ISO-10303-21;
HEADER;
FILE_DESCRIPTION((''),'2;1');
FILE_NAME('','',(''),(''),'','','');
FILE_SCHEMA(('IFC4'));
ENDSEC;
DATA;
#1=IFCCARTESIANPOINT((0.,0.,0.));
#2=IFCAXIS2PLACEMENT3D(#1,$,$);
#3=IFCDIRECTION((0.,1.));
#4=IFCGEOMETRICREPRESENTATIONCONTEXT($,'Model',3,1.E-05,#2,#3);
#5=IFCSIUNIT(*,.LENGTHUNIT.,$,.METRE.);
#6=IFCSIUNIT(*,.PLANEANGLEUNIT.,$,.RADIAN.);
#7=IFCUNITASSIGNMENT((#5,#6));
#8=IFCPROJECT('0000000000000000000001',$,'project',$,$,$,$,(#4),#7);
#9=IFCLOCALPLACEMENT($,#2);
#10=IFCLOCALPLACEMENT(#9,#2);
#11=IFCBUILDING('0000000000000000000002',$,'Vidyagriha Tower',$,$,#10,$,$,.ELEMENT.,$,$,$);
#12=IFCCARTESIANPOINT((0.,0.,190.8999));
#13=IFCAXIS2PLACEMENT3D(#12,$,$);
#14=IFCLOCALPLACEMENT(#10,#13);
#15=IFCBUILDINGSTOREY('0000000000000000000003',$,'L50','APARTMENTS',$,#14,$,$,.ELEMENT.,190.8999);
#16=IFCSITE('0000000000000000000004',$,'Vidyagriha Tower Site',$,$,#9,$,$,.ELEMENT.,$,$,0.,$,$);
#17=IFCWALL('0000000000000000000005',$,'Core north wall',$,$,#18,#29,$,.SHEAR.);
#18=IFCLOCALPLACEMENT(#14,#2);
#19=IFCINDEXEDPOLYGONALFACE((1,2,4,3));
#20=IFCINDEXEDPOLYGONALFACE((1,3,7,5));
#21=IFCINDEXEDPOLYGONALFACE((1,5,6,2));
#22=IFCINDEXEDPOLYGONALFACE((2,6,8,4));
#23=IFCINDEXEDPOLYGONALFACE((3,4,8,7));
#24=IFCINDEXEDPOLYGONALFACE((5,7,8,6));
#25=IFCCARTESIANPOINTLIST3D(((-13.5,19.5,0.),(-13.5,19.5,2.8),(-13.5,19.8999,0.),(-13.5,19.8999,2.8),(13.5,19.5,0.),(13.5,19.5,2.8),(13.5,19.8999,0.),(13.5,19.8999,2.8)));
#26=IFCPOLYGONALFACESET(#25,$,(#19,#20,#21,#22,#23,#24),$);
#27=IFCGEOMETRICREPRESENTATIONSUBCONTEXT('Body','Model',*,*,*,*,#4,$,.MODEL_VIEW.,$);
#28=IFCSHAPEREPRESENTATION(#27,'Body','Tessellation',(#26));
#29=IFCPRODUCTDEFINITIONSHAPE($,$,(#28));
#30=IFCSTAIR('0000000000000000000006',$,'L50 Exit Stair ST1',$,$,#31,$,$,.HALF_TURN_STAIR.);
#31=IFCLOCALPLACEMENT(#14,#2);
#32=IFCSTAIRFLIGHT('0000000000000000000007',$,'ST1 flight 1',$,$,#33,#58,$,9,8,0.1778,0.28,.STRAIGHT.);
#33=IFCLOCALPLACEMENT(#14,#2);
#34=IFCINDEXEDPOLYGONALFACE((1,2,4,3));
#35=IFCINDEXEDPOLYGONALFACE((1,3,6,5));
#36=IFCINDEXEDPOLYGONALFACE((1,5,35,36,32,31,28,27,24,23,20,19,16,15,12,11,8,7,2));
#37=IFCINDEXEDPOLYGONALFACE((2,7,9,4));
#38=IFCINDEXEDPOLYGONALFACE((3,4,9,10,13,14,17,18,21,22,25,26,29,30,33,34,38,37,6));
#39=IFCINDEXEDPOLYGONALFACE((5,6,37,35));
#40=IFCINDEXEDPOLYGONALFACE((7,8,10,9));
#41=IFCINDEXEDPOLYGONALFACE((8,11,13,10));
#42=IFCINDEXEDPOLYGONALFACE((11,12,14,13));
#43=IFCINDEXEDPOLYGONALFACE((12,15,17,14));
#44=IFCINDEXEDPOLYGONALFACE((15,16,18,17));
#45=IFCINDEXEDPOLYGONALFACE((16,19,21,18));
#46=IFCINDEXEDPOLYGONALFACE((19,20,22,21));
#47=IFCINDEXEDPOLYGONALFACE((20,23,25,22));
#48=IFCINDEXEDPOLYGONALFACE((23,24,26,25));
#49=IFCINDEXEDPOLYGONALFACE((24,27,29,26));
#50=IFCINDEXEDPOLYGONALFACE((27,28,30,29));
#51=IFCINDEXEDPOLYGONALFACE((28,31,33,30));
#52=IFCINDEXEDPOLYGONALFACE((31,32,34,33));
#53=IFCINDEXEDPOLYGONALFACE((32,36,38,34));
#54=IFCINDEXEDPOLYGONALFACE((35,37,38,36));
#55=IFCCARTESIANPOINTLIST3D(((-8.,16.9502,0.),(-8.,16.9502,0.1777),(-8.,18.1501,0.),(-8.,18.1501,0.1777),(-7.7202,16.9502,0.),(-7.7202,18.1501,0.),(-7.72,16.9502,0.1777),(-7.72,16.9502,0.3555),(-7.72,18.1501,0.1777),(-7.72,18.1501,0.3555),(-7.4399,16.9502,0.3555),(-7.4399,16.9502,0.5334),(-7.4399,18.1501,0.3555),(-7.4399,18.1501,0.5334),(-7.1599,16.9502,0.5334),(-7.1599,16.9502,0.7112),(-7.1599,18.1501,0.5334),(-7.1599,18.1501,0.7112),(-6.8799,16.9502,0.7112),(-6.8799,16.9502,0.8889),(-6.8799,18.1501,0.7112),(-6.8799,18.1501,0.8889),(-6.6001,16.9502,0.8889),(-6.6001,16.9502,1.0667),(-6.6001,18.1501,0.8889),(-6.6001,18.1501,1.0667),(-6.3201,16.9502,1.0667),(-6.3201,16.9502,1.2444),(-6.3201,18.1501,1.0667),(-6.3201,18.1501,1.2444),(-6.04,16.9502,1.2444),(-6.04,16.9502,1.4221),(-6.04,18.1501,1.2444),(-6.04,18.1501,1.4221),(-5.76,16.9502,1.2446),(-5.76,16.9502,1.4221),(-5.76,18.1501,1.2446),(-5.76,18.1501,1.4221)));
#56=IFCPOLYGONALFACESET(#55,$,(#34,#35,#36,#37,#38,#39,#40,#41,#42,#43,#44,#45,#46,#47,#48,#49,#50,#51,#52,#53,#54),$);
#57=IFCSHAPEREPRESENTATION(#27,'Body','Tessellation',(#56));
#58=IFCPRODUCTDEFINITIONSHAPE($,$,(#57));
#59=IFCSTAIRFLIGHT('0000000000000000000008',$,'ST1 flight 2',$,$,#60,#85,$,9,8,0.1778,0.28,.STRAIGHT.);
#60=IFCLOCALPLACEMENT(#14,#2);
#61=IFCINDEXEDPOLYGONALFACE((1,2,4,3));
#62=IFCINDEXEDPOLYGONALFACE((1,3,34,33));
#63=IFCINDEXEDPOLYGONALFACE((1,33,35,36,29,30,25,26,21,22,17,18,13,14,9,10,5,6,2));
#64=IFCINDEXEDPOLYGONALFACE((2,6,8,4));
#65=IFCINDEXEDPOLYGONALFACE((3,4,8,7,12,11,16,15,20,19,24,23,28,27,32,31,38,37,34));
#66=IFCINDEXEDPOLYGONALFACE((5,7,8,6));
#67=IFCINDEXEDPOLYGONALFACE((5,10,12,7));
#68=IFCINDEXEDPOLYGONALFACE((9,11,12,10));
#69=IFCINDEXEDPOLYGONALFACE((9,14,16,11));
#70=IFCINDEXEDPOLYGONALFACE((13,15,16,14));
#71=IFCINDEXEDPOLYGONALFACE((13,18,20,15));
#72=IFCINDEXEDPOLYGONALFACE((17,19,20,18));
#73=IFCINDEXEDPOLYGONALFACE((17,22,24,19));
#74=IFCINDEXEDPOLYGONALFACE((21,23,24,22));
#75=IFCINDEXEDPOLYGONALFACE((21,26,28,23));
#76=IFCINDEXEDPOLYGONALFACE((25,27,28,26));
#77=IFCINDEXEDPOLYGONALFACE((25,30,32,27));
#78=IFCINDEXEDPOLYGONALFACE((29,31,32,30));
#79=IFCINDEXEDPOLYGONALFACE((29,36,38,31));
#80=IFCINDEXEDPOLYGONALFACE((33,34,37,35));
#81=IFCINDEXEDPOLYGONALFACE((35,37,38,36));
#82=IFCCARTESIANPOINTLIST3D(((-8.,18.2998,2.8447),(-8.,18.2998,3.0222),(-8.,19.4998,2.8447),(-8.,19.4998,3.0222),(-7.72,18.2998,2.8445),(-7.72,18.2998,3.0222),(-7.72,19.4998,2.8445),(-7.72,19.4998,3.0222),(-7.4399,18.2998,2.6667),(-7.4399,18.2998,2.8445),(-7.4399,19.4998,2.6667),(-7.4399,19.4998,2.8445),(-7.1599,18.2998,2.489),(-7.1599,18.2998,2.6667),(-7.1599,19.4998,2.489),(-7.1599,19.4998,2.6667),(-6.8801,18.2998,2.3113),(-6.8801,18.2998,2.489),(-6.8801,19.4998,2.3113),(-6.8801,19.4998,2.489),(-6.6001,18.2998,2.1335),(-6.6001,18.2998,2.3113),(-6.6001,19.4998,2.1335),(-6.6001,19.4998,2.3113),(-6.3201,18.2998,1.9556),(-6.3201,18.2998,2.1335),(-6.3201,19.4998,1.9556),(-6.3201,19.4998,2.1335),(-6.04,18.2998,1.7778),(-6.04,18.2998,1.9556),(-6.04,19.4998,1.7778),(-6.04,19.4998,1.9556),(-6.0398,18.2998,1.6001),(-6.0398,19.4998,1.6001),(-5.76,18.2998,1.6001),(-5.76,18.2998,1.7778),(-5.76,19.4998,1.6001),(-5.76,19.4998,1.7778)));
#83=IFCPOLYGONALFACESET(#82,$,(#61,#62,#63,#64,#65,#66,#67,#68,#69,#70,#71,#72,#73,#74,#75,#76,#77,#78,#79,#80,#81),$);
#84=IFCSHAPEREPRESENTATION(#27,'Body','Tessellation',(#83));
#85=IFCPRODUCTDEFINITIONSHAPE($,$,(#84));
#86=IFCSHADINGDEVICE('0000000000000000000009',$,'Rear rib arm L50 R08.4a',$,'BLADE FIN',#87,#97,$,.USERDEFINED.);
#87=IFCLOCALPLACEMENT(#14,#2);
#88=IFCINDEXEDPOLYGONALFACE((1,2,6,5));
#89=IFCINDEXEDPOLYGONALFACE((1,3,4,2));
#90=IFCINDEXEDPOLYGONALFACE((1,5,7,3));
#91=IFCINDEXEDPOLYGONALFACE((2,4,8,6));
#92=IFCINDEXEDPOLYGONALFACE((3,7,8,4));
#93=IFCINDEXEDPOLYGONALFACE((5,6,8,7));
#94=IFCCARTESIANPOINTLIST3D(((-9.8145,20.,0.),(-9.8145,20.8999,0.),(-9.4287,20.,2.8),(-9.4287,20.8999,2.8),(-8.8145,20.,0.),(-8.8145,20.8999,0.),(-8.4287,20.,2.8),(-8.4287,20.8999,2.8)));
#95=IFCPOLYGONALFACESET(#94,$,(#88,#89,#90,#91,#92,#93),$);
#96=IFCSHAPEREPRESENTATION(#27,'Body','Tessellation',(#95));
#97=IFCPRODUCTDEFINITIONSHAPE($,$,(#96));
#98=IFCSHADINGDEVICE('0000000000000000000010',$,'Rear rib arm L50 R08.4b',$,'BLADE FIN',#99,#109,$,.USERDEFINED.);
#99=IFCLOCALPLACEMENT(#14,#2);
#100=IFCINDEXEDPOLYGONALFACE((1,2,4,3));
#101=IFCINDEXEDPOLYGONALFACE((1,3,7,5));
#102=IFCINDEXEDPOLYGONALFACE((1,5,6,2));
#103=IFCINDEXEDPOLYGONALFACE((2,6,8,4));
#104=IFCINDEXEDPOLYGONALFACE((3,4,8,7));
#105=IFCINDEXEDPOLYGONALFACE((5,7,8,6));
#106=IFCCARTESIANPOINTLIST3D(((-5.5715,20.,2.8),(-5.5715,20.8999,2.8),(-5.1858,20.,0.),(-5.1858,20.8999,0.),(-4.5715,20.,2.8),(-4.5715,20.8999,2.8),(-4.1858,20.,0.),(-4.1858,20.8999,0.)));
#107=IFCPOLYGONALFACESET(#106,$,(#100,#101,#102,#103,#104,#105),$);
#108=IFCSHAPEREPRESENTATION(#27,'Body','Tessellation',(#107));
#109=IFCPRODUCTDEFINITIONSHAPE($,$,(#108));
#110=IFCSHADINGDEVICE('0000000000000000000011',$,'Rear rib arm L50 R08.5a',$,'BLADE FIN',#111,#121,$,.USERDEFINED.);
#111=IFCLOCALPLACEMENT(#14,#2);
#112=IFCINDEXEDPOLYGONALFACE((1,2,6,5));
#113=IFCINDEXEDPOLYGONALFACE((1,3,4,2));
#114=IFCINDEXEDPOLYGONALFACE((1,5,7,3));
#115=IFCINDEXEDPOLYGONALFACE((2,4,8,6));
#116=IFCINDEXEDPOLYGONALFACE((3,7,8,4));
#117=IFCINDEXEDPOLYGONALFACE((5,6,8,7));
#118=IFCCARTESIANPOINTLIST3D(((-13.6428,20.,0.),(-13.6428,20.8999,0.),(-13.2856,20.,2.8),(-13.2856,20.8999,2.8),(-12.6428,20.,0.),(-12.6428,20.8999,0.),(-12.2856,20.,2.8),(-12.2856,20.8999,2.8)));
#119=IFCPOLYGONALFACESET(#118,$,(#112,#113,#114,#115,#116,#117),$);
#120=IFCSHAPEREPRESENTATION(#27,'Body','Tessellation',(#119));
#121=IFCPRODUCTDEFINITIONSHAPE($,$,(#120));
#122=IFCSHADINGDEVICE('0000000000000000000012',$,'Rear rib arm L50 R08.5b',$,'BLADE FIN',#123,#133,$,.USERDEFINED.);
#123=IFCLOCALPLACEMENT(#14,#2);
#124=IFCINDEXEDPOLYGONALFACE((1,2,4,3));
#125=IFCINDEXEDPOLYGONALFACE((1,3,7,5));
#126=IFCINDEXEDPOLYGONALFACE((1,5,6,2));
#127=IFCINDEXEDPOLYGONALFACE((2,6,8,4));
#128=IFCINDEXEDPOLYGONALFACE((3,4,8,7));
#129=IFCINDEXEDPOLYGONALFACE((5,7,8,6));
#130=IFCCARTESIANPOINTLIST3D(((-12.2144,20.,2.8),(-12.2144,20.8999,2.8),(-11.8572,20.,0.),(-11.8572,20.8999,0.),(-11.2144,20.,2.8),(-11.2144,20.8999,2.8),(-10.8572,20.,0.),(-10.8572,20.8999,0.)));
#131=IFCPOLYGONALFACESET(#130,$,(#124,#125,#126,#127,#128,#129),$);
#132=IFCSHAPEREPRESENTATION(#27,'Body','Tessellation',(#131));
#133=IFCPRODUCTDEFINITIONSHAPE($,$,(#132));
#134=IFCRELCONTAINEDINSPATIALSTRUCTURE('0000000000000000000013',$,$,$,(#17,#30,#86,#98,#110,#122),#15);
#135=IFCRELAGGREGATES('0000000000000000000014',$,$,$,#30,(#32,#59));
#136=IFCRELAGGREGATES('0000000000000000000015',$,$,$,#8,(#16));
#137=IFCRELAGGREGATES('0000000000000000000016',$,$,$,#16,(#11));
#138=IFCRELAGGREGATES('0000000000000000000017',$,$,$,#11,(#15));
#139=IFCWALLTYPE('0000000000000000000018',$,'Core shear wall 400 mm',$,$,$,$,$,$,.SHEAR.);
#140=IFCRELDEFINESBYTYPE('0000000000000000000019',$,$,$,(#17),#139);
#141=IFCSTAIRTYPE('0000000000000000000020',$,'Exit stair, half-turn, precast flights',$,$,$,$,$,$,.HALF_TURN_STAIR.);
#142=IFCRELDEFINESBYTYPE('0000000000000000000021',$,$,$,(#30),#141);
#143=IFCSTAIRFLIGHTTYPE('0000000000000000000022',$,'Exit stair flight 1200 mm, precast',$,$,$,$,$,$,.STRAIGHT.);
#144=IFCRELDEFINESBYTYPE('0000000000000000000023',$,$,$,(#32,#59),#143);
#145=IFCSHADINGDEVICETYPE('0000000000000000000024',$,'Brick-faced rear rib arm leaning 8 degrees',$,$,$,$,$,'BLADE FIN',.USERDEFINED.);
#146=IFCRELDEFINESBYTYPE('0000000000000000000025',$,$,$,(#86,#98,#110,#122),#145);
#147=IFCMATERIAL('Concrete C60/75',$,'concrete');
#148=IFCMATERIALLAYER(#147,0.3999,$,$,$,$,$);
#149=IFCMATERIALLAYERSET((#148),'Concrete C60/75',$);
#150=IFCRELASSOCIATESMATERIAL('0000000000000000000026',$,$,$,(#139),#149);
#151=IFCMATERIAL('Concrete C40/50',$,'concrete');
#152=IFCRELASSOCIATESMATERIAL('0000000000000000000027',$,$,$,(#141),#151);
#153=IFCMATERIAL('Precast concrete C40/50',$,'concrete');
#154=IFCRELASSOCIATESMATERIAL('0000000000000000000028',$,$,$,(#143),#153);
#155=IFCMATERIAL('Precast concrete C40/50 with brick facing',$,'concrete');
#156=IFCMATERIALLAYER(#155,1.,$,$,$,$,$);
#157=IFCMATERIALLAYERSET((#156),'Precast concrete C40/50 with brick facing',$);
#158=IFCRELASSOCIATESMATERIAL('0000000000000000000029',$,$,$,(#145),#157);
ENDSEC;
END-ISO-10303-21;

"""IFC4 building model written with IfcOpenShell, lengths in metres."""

from ifc_helpers import new_model, si_unit, direction, frame, frame_2d, origin, place, context, subcontext, project, spatial, polyline, rectangle, outline, extrude, material, layer, layer_set, type_object, element, aggregate, save


model = new_model("IFC4")

# Units and contexts
model_context = context("Model", 3, precision=1e-05, world=origin(), true_north=direction((0.0, 1.0)))
body_context = subcontext(model_context, "Body", "Model", "MODEL_VIEW")
ifc_project = project(units=[si_unit("LENGTHUNIT", "METRE"), si_unit("PLANEANGLEUNIT", "RADIAN")], contexts=[model_context])

# Site, building, storey
site_placement = place(None, origin())
site = spatial("IfcSite", under=ifc_project, at=site_placement, Name="Vidyagriha Tower Site", CompositionType="ELEMENT", RefElevation=0.0)
building_placement = place(site_placement, origin())
building = spatial("IfcBuilding", under=site, at=building_placement, Name="Vidyagriha Tower", CompositionType="ELEMENT")
storey_placement = place(building_placement, frame((0.0, 0.0, 190.8999)))
storey = spatial("IfcBuildingStorey", under=building, at=storey_placement, Name="L50", Description="APARTMENTS", CompositionType="ELEMENT", Elevation=190.8999)

# Wall
ifc_material_1 = material(Name="Concrete C60/75", Category="concrete")
ifc_layer_1 = layer(ifc_material_1, 0.3999)
ifc_layer_set_1 = layer_set([ifc_layer_1], Name="Concrete C60/75")
wall_type = type_object("IfcWallType", Name="Core shear wall 400 mm", PredefinedType="SHEAR", material=ifc_layer_set_1)
wall_placement = place(storey_placement, frame((-13.5, 19.7, 0.0)))
element("IfcWall", 1, at=wall_placement, inside=storey, type_object=wall_type, Name="Core north wall", PredefinedType="SHEAR", context=body_context, shape_type="SweptSolid", body=[
    extrude(rectangle(XDim=27.0, YDim=0.3999, at=frame_2d((13.5, 0.0))), origin(), (0.0, 0.0, 1.0), 2.8),
])

# Stair, stair flights
ifc_material_2 = material(Name="Concrete C40/50", Category="concrete")
stair_type = type_object("IfcStairType", Name="Exit stair, half-turn, precast flights", PredefinedType="HALF_TURN_STAIR", material=ifc_material_2)
stair_placement = place(storey_placement, origin())
stair = element("IfcStair", 2, at=stair_placement, inside=storey, type_object=stair_type, Name="L50 Exit Stair ST1", PredefinedType="HALF_TURN_STAIR")
ifc_material_3 = material(Name="Precast concrete C40/50", Category="concrete")
stair_flight_type = type_object("IfcStairFlightType", Name="Exit stair flight 1200 mm, precast", PredefinedType="STRAIGHT", material=ifc_material_3)
stair_flight_1_placement = place(storey_placement, frame((-8.0, 17.55, 0.0)))
stair_flight_1 = element("IfcStairFlight", 3, at=stair_flight_1_placement, type_object=stair_flight_type, Name="ST1 flight 1", NumberOfRisers=9, NumberOfTreads=8, PredefinedType="STRAIGHT", RiserHeight=0.1778, TreadLength=0.28, context=body_context, shape_type="SweptSolid", body=[
    extrude(outline(polyline([(0.0, 0.0), (0.0, 0.1777), (0.28, 0.1777), (0.28, 0.3555), (0.5601, 0.3555), (0.5601, 0.5334), (0.8401, 0.5334), (0.8401, 0.7112), (1.1201, 0.7112), (1.1201, 0.8889), (1.3999, 0.8889), (1.3999, 1.0667), (1.6799, 1.0667), (1.6799, 1.2444), (1.96, 1.2444), (1.96, 1.4221), (2.24, 1.4221), (2.24, 1.6001), (2.24, 1.2446), (0.2798, 0.0), (0.0, 0.0)])), frame((0.0, 0.6001, 0.0), z_axis=(0.0, -1.0, 0.0), x_axis=(1.0, 0.0, 0.0)), (0.0, 0.0, 1.0), 1.2),
])
stair_flight_2_placement = place(storey_placement, frame((-5.76, 18.8999, 1.6001), z_axis=(0.0, 0.0, 1.0), x_axis=(-1.0, 0.0, 0.0)))
stair_flight_2 = element("IfcStairFlight", 4, at=stair_flight_2_placement, type_object=stair_flight_type, Name="ST1 flight 2", NumberOfRisers=9, NumberOfTreads=8, PredefinedType="STRAIGHT", RiserHeight=0.1778, TreadLength=0.28, context=body_context, shape_type="SweptSolid", body=[
    extrude(outline(polyline([(0.0, 0.0), (0.0, 0.1777), (0.28, 0.1777), (0.28, 0.3555), (0.5601, 0.3555), (0.5601, 0.5334), (0.8401, 0.5334), (0.8401, 0.7112), (1.1201, 0.7112), (1.1201, 0.8889), (1.3999, 0.8889), (1.3999, 1.0667), (1.6799, 1.0667), (1.6799, 1.2444), (1.96, 1.2444), (1.96, 1.4221), (2.24, 1.4221), (2.24, 1.6001), (2.24, 1.2446), (0.2798, 0.0), (0.0, 0.0)])), frame((0.0, 0.6001, 0.0), z_axis=(0.0, -1.0, 0.0), x_axis=(1.0, 0.0, 0.0)), (0.0, 0.0, 1.0), 1.2),
])
aggregate(stair, [stair_flight_1, stair_flight_2])

# Shading devices
ifc_material_4 = material(Name="Precast concrete C40/50 with brick facing", Category="concrete")
ifc_layer_2 = layer(ifc_material_4, 1.0)
ifc_layer_set_2 = layer_set([ifc_layer_2], Name="Precast concrete C40/50 with brick facing")
shading_device_type = type_object("IfcShadingDeviceType", Name="Brick-faced rear rib arm leaning 8 degrees", ElementType="BLADE FIN", PredefinedType="USERDEFINED", material=ifc_layer_set_2)
shading_device_1_placement = place(storey_placement, frame((-8.4287, 20.45, 0.0), z_axis=(0.0, 0.0, 1.0), x_axis=(-1.0, 0.0, 0.0)))
element("IfcShadingDevice", 5, at=shading_device_1_placement, inside=storey, type_object=shading_device_type, Name="Rear rib arm L50 R08.4a", ObjectType="BLADE FIN", PredefinedType="USERDEFINED", context=body_context, shape_type="SweptSolid", body=[
    extrude(outline(polyline([(0.3857, 0.0), (1.3857, 0.0), (1.0, 2.8), (0.0, 2.8), (0.3857, 0.0)])), frame((0.0, 0.45, 0.0), z_axis=(0.0, -1.0, 0.0), x_axis=(1.0, 0.0, 0.0)), (0.0, 0.0, 1.0), 0.8999),
])
shading_device_2_placement = place(storey_placement, frame((-4.1858, 20.45, 0.0), z_axis=(0.0, 0.0, 1.0), x_axis=(-1.0, 0.0, 0.0)))
element("IfcShadingDevice", 6, at=shading_device_2_placement, inside=storey, type_object=shading_device_type, Name="Rear rib arm L50 R08.4b", ObjectType="BLADE FIN", PredefinedType="USERDEFINED", context=body_context, shape_type="SweptSolid", body=[
    extrude(outline(polyline([(0.0, 0.0), (1.0, 0.0), (1.3857, 2.8), (0.3857, 2.8), (0.0, 0.0)])), frame((0.0, 0.45, 0.0), z_axis=(0.0, -1.0, 0.0), x_axis=(1.0, 0.0, 0.0)), (0.0, 0.0, 1.0), 0.8999),
])
shading_device_3_placement = place(storey_placement, frame((-12.2856, 20.45, 0.0), z_axis=(0.0, 0.0, 1.0), x_axis=(-1.0, 0.0, 0.0)))
element("IfcShadingDevice", 7, at=shading_device_3_placement, inside=storey, type_object=shading_device_type, Name="Rear rib arm L50 R08.5a", ObjectType="BLADE FIN", PredefinedType="USERDEFINED", context=body_context, shape_type="SweptSolid", body=[
    extrude(outline(polyline([(0.3572, 0.0), (1.3572, 0.0), (1.0, 2.8), (0.0, 2.8), (0.3572, 0.0)])), frame((0.0, 0.45, 0.0), z_axis=(0.0, -1.0, 0.0), x_axis=(1.0, 0.0, 0.0)), (0.0, 0.0, 1.0), 0.8999),
])
shading_device_4_placement = place(storey_placement, frame((-10.8572, 20.45, 0.0), z_axis=(0.0, 0.0, 1.0), x_axis=(-1.0, 0.0, 0.0)))
element("IfcShadingDevice", 8, at=shading_device_4_placement, inside=storey, type_object=shading_device_type, Name="Rear rib arm L50 R08.5b", ObjectType="BLADE FIN", PredefinedType="USERDEFINED", context=body_context, shape_type="SweptSolid", body=[
    extrude(outline(polyline([(0.0, 0.0), (1.0, 0.0), (1.3572, 2.8), (0.3572, 2.8), (0.0, 0.0)])), frame((0.0, 0.45, 0.0), z_axis=(0.0, -1.0, 0.0), x_axis=(1.0, 0.0, 0.0)), (0.0, 0.0, 1.0), 0.8999),
])

save(model, "model.ifc")
